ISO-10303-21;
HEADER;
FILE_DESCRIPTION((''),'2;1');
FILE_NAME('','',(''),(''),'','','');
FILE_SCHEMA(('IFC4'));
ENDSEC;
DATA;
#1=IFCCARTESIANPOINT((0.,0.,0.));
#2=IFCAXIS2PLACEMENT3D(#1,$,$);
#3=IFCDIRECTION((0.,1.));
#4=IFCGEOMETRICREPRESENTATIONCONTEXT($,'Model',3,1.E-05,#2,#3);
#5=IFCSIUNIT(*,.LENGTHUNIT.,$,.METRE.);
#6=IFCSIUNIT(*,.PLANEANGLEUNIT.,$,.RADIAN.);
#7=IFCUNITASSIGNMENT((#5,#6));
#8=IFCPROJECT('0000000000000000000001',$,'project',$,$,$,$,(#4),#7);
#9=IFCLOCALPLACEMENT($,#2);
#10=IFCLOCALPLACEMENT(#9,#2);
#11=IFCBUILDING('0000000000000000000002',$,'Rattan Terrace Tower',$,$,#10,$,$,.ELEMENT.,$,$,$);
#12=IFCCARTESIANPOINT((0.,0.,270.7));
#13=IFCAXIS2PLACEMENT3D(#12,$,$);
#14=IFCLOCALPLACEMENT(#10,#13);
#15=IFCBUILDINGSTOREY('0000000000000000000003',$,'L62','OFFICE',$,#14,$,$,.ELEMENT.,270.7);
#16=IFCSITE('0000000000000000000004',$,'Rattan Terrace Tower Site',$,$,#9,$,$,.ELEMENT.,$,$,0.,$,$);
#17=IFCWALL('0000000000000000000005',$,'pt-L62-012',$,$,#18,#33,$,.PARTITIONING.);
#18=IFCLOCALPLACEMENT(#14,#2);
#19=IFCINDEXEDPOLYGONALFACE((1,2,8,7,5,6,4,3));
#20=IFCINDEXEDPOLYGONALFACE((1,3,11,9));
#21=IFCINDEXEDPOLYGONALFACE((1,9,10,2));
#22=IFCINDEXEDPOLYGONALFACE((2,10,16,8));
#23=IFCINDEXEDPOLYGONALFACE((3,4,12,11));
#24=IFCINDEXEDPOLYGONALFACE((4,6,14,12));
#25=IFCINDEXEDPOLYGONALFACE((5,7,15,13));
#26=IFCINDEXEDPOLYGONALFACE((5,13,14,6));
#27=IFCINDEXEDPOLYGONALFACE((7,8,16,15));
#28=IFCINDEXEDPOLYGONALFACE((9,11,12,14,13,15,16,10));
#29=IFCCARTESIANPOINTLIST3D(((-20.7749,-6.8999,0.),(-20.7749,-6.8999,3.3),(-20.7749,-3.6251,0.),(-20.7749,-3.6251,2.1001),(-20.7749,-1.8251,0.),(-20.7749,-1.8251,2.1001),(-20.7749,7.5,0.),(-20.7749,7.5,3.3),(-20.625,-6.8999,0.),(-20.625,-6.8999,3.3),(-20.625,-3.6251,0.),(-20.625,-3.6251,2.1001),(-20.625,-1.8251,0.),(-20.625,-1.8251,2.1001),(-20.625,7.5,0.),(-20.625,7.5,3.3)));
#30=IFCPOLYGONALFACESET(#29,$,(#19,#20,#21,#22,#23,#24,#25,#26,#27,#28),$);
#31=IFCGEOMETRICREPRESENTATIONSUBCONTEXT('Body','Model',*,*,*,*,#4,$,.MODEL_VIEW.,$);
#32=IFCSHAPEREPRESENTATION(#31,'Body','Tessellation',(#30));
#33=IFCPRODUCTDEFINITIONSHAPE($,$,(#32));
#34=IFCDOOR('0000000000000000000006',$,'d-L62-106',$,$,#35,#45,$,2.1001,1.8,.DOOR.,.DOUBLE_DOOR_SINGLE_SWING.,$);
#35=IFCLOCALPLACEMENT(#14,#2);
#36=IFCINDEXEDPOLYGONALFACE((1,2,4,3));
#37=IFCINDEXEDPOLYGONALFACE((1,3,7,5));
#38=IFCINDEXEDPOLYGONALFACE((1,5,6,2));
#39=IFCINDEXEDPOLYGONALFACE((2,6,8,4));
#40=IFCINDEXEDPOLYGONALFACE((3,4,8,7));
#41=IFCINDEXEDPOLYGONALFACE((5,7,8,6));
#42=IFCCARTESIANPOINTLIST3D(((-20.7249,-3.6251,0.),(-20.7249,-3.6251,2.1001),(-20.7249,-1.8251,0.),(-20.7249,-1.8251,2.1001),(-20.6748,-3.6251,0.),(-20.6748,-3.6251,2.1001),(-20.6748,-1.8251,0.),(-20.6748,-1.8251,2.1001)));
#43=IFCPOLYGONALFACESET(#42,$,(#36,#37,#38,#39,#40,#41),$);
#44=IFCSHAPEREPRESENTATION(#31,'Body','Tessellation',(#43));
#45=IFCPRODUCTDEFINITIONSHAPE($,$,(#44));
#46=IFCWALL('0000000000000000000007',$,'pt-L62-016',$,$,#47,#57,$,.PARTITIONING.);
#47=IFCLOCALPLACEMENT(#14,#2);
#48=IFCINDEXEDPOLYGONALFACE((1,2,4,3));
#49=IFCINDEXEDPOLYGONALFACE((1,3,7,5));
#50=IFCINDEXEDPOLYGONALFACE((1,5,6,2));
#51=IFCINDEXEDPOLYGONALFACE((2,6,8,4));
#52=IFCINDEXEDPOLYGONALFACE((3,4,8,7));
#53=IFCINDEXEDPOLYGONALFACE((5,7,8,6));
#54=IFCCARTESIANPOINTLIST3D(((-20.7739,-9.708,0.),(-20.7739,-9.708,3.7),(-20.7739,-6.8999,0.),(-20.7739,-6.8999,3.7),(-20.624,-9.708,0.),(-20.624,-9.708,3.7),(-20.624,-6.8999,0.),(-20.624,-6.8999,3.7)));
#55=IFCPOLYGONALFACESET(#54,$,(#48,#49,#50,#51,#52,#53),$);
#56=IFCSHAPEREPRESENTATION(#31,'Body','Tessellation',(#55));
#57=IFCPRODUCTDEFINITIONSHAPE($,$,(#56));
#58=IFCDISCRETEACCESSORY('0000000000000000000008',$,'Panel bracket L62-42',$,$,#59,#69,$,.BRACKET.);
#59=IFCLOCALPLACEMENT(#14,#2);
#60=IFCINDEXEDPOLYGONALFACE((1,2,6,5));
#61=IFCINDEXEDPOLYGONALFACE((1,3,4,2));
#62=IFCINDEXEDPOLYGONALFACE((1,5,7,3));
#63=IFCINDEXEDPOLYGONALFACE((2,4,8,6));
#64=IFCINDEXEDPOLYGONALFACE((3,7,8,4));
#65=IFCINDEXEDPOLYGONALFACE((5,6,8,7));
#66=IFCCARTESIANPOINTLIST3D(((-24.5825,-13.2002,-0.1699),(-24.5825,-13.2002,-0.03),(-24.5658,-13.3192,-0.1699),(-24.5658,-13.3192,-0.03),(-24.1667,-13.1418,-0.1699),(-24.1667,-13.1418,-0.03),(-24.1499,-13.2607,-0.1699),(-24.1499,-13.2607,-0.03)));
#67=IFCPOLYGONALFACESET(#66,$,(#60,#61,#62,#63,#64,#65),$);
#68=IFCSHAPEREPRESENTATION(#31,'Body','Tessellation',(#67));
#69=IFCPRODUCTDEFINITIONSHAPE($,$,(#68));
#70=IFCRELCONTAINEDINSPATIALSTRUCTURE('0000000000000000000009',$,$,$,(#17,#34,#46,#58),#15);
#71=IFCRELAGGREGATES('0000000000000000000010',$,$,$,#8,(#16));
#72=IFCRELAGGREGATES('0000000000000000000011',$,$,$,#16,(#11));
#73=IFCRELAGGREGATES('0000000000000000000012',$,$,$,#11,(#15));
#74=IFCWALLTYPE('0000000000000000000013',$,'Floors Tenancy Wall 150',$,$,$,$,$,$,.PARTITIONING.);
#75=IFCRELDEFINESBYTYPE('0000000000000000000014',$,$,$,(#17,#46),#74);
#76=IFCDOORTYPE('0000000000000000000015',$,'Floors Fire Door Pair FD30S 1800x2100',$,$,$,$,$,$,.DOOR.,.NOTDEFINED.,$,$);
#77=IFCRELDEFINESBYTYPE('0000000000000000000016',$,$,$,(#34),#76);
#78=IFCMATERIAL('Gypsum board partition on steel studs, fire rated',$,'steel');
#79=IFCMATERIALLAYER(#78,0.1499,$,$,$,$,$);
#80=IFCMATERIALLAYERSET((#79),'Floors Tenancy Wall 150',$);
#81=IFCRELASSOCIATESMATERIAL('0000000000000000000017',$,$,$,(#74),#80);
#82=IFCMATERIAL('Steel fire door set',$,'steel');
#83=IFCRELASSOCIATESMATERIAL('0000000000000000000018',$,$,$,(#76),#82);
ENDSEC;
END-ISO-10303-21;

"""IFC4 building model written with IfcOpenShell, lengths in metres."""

from ifc_helpers import new_model, si_unit, direction, frame, frame_2d, origin, origin_2d, place, context, subcontext, project, spatial, rectangle, extrude, material, layer, layer_set, type_object, element, fill, save


model = new_model("IFC4")

# Units and contexts
model_context = context("Model", 3, precision=1e-05, world=origin(), true_north=direction((0.0, 1.0)))
body_context = subcontext(model_context, "Body", "Model", "MODEL_VIEW")
ifc_project = project(units=[si_unit("LENGTHUNIT", "METRE"), si_unit("PLANEANGLEUNIT", "RADIAN")], contexts=[model_context])

# Site, building, storey
site_placement = place(None, origin())
site = spatial("IfcSite", under=ifc_project, at=site_placement, Name="Rattan Terrace Tower Site", CompositionType="ELEMENT", RefElevation=0.0)
building_placement = place(site_placement, origin())
building = spatial("IfcBuilding", under=site, at=building_placement, Name="Rattan Terrace Tower", CompositionType="ELEMENT")
storey_placement = place(building_placement, frame((0.0, 0.0, 270.7)))
storey = spatial("IfcBuildingStorey", under=building, at=storey_placement, Name="L62", Description="OFFICE", CompositionType="ELEMENT", Elevation=270.7)

# Shared definitions
ifc_material_1 = material(Name="Gypsum board partition on steel studs, fire rated", Category="steel")
ifc_layer_1 = layer(ifc_material_1, 0.1499)
ifc_layer_set_1 = layer_set([ifc_layer_1], Name="Floors Tenancy Wall 150")
wall_type_1 = type_object("IfcWallType", Name="Floors Tenancy Wall 150", PredefinedType="PARTITIONING", material=ifc_layer_set_1)

# Wall, opening, door
wall_1_placement = place(storey_placement, frame((-20.7, -6.8999, 0.0), z_axis=(0.0, 0.0, 1.0), x_axis=(0.0, 1.0, 0.0)))
wall_1 = element("IfcWall", 1, at=wall_1_placement, inside=storey, type_object=wall_type_1, Name="pt-L62-012", PredefinedType="PARTITIONING", context=body_context, shape_type="SweptSolid", body=[
    extrude(rectangle(XDim=14.3999, YDim=0.1499, at=frame_2d((7.2, 0.0))), origin(), (0.0, 0.0, 1.0), 3.3),
])
opening_1_placement = place(wall_1_placement, frame((3.2749, 0.0, 0.0)))
opening_1 = element("IfcOpeningElement", 2, at=opening_1_placement, cuts=wall_1, PredefinedType="OPENING", context=body_context, shape_type="SweptSolid", body=[
    extrude(rectangle(XDim=1.8, YDim=2.1001, at=frame_2d((0.8999, 1.05))), frame((0.0, 0.0854, 0.0), z_axis=(0.0, -1.0, 0.0), x_axis=(1.0, 0.0, 0.0)), (0.0, 0.0, 1.0), 0.1709),
])
ifc_material_2 = material(Name="Steel fire door set", Category="steel")
door_type_1 = type_object("IfcDoorType", Name="Floors Fire Door Pair FD30S 1800x2100", OperationType="NOTDEFINED", PredefinedType="DOOR", material=ifc_material_2)
door_1_placement = place(opening_1_placement, origin())
door_1 = element("IfcDoor", 3, at=door_1_placement, inside=storey, type_object=door_type_1, Name="d-L62-106", OperationType="DOUBLE_DOOR_SINGLE_SWING", OverallHeight=2.1001, OverallWidth=1.8, PredefinedType="DOOR", context=body_context, shape_type="SweptSolid", body=[
    extrude(rectangle(XDim=1.8, YDim=2.1001, at=frame_2d((0.8999, 1.05))), frame((0.0, 0.0249, 0.0), z_axis=(0.0, -1.0, 0.0), x_axis=(1.0, 0.0, 0.0)), (0.0, 0.0, 1.0), 0.05),
])
fill(opening_1, door_1)

# Wall
wall_2_placement = place(storey_placement, frame((-20.699, -9.708, 0.0), z_axis=(0.0, 0.0, 1.0), x_axis=(0.0, 1.0, 0.0)))
element("IfcWall", 4, at=wall_2_placement, inside=storey, type_object=wall_type_1, Name="pt-L62-016", PredefinedType="PARTITIONING", context=body_context, shape_type="SweptSolid", body=[
    extrude(rectangle(XDim=2.8081, YDim=0.1499, at=frame_2d((1.4041, 0.0))), origin(), (0.0, 0.0, 1.0), 3.7),
])

# Discrete accessory
discrete_accessory_placement = place(storey_placement, frame((-24.3662, -13.2305, -0.1699), z_axis=(0.0, 0.0, 1.0), x_axis=(0.139192, -0.990265, 0.0)))
element("IfcDiscreteAccessory", 5, at=discrete_accessory_placement, inside=storey, Name="Panel bracket L62-42", PredefinedType="BRACKET", context=body_context, shape_type="SweptSolid", body=[
    extrude(rectangle(XDim=0.1201, YDim=0.4199, at=origin_2d()), origin(), (0.0, 0.0, 1.0), 0.1399),
])

save(model, "model.ifc")
